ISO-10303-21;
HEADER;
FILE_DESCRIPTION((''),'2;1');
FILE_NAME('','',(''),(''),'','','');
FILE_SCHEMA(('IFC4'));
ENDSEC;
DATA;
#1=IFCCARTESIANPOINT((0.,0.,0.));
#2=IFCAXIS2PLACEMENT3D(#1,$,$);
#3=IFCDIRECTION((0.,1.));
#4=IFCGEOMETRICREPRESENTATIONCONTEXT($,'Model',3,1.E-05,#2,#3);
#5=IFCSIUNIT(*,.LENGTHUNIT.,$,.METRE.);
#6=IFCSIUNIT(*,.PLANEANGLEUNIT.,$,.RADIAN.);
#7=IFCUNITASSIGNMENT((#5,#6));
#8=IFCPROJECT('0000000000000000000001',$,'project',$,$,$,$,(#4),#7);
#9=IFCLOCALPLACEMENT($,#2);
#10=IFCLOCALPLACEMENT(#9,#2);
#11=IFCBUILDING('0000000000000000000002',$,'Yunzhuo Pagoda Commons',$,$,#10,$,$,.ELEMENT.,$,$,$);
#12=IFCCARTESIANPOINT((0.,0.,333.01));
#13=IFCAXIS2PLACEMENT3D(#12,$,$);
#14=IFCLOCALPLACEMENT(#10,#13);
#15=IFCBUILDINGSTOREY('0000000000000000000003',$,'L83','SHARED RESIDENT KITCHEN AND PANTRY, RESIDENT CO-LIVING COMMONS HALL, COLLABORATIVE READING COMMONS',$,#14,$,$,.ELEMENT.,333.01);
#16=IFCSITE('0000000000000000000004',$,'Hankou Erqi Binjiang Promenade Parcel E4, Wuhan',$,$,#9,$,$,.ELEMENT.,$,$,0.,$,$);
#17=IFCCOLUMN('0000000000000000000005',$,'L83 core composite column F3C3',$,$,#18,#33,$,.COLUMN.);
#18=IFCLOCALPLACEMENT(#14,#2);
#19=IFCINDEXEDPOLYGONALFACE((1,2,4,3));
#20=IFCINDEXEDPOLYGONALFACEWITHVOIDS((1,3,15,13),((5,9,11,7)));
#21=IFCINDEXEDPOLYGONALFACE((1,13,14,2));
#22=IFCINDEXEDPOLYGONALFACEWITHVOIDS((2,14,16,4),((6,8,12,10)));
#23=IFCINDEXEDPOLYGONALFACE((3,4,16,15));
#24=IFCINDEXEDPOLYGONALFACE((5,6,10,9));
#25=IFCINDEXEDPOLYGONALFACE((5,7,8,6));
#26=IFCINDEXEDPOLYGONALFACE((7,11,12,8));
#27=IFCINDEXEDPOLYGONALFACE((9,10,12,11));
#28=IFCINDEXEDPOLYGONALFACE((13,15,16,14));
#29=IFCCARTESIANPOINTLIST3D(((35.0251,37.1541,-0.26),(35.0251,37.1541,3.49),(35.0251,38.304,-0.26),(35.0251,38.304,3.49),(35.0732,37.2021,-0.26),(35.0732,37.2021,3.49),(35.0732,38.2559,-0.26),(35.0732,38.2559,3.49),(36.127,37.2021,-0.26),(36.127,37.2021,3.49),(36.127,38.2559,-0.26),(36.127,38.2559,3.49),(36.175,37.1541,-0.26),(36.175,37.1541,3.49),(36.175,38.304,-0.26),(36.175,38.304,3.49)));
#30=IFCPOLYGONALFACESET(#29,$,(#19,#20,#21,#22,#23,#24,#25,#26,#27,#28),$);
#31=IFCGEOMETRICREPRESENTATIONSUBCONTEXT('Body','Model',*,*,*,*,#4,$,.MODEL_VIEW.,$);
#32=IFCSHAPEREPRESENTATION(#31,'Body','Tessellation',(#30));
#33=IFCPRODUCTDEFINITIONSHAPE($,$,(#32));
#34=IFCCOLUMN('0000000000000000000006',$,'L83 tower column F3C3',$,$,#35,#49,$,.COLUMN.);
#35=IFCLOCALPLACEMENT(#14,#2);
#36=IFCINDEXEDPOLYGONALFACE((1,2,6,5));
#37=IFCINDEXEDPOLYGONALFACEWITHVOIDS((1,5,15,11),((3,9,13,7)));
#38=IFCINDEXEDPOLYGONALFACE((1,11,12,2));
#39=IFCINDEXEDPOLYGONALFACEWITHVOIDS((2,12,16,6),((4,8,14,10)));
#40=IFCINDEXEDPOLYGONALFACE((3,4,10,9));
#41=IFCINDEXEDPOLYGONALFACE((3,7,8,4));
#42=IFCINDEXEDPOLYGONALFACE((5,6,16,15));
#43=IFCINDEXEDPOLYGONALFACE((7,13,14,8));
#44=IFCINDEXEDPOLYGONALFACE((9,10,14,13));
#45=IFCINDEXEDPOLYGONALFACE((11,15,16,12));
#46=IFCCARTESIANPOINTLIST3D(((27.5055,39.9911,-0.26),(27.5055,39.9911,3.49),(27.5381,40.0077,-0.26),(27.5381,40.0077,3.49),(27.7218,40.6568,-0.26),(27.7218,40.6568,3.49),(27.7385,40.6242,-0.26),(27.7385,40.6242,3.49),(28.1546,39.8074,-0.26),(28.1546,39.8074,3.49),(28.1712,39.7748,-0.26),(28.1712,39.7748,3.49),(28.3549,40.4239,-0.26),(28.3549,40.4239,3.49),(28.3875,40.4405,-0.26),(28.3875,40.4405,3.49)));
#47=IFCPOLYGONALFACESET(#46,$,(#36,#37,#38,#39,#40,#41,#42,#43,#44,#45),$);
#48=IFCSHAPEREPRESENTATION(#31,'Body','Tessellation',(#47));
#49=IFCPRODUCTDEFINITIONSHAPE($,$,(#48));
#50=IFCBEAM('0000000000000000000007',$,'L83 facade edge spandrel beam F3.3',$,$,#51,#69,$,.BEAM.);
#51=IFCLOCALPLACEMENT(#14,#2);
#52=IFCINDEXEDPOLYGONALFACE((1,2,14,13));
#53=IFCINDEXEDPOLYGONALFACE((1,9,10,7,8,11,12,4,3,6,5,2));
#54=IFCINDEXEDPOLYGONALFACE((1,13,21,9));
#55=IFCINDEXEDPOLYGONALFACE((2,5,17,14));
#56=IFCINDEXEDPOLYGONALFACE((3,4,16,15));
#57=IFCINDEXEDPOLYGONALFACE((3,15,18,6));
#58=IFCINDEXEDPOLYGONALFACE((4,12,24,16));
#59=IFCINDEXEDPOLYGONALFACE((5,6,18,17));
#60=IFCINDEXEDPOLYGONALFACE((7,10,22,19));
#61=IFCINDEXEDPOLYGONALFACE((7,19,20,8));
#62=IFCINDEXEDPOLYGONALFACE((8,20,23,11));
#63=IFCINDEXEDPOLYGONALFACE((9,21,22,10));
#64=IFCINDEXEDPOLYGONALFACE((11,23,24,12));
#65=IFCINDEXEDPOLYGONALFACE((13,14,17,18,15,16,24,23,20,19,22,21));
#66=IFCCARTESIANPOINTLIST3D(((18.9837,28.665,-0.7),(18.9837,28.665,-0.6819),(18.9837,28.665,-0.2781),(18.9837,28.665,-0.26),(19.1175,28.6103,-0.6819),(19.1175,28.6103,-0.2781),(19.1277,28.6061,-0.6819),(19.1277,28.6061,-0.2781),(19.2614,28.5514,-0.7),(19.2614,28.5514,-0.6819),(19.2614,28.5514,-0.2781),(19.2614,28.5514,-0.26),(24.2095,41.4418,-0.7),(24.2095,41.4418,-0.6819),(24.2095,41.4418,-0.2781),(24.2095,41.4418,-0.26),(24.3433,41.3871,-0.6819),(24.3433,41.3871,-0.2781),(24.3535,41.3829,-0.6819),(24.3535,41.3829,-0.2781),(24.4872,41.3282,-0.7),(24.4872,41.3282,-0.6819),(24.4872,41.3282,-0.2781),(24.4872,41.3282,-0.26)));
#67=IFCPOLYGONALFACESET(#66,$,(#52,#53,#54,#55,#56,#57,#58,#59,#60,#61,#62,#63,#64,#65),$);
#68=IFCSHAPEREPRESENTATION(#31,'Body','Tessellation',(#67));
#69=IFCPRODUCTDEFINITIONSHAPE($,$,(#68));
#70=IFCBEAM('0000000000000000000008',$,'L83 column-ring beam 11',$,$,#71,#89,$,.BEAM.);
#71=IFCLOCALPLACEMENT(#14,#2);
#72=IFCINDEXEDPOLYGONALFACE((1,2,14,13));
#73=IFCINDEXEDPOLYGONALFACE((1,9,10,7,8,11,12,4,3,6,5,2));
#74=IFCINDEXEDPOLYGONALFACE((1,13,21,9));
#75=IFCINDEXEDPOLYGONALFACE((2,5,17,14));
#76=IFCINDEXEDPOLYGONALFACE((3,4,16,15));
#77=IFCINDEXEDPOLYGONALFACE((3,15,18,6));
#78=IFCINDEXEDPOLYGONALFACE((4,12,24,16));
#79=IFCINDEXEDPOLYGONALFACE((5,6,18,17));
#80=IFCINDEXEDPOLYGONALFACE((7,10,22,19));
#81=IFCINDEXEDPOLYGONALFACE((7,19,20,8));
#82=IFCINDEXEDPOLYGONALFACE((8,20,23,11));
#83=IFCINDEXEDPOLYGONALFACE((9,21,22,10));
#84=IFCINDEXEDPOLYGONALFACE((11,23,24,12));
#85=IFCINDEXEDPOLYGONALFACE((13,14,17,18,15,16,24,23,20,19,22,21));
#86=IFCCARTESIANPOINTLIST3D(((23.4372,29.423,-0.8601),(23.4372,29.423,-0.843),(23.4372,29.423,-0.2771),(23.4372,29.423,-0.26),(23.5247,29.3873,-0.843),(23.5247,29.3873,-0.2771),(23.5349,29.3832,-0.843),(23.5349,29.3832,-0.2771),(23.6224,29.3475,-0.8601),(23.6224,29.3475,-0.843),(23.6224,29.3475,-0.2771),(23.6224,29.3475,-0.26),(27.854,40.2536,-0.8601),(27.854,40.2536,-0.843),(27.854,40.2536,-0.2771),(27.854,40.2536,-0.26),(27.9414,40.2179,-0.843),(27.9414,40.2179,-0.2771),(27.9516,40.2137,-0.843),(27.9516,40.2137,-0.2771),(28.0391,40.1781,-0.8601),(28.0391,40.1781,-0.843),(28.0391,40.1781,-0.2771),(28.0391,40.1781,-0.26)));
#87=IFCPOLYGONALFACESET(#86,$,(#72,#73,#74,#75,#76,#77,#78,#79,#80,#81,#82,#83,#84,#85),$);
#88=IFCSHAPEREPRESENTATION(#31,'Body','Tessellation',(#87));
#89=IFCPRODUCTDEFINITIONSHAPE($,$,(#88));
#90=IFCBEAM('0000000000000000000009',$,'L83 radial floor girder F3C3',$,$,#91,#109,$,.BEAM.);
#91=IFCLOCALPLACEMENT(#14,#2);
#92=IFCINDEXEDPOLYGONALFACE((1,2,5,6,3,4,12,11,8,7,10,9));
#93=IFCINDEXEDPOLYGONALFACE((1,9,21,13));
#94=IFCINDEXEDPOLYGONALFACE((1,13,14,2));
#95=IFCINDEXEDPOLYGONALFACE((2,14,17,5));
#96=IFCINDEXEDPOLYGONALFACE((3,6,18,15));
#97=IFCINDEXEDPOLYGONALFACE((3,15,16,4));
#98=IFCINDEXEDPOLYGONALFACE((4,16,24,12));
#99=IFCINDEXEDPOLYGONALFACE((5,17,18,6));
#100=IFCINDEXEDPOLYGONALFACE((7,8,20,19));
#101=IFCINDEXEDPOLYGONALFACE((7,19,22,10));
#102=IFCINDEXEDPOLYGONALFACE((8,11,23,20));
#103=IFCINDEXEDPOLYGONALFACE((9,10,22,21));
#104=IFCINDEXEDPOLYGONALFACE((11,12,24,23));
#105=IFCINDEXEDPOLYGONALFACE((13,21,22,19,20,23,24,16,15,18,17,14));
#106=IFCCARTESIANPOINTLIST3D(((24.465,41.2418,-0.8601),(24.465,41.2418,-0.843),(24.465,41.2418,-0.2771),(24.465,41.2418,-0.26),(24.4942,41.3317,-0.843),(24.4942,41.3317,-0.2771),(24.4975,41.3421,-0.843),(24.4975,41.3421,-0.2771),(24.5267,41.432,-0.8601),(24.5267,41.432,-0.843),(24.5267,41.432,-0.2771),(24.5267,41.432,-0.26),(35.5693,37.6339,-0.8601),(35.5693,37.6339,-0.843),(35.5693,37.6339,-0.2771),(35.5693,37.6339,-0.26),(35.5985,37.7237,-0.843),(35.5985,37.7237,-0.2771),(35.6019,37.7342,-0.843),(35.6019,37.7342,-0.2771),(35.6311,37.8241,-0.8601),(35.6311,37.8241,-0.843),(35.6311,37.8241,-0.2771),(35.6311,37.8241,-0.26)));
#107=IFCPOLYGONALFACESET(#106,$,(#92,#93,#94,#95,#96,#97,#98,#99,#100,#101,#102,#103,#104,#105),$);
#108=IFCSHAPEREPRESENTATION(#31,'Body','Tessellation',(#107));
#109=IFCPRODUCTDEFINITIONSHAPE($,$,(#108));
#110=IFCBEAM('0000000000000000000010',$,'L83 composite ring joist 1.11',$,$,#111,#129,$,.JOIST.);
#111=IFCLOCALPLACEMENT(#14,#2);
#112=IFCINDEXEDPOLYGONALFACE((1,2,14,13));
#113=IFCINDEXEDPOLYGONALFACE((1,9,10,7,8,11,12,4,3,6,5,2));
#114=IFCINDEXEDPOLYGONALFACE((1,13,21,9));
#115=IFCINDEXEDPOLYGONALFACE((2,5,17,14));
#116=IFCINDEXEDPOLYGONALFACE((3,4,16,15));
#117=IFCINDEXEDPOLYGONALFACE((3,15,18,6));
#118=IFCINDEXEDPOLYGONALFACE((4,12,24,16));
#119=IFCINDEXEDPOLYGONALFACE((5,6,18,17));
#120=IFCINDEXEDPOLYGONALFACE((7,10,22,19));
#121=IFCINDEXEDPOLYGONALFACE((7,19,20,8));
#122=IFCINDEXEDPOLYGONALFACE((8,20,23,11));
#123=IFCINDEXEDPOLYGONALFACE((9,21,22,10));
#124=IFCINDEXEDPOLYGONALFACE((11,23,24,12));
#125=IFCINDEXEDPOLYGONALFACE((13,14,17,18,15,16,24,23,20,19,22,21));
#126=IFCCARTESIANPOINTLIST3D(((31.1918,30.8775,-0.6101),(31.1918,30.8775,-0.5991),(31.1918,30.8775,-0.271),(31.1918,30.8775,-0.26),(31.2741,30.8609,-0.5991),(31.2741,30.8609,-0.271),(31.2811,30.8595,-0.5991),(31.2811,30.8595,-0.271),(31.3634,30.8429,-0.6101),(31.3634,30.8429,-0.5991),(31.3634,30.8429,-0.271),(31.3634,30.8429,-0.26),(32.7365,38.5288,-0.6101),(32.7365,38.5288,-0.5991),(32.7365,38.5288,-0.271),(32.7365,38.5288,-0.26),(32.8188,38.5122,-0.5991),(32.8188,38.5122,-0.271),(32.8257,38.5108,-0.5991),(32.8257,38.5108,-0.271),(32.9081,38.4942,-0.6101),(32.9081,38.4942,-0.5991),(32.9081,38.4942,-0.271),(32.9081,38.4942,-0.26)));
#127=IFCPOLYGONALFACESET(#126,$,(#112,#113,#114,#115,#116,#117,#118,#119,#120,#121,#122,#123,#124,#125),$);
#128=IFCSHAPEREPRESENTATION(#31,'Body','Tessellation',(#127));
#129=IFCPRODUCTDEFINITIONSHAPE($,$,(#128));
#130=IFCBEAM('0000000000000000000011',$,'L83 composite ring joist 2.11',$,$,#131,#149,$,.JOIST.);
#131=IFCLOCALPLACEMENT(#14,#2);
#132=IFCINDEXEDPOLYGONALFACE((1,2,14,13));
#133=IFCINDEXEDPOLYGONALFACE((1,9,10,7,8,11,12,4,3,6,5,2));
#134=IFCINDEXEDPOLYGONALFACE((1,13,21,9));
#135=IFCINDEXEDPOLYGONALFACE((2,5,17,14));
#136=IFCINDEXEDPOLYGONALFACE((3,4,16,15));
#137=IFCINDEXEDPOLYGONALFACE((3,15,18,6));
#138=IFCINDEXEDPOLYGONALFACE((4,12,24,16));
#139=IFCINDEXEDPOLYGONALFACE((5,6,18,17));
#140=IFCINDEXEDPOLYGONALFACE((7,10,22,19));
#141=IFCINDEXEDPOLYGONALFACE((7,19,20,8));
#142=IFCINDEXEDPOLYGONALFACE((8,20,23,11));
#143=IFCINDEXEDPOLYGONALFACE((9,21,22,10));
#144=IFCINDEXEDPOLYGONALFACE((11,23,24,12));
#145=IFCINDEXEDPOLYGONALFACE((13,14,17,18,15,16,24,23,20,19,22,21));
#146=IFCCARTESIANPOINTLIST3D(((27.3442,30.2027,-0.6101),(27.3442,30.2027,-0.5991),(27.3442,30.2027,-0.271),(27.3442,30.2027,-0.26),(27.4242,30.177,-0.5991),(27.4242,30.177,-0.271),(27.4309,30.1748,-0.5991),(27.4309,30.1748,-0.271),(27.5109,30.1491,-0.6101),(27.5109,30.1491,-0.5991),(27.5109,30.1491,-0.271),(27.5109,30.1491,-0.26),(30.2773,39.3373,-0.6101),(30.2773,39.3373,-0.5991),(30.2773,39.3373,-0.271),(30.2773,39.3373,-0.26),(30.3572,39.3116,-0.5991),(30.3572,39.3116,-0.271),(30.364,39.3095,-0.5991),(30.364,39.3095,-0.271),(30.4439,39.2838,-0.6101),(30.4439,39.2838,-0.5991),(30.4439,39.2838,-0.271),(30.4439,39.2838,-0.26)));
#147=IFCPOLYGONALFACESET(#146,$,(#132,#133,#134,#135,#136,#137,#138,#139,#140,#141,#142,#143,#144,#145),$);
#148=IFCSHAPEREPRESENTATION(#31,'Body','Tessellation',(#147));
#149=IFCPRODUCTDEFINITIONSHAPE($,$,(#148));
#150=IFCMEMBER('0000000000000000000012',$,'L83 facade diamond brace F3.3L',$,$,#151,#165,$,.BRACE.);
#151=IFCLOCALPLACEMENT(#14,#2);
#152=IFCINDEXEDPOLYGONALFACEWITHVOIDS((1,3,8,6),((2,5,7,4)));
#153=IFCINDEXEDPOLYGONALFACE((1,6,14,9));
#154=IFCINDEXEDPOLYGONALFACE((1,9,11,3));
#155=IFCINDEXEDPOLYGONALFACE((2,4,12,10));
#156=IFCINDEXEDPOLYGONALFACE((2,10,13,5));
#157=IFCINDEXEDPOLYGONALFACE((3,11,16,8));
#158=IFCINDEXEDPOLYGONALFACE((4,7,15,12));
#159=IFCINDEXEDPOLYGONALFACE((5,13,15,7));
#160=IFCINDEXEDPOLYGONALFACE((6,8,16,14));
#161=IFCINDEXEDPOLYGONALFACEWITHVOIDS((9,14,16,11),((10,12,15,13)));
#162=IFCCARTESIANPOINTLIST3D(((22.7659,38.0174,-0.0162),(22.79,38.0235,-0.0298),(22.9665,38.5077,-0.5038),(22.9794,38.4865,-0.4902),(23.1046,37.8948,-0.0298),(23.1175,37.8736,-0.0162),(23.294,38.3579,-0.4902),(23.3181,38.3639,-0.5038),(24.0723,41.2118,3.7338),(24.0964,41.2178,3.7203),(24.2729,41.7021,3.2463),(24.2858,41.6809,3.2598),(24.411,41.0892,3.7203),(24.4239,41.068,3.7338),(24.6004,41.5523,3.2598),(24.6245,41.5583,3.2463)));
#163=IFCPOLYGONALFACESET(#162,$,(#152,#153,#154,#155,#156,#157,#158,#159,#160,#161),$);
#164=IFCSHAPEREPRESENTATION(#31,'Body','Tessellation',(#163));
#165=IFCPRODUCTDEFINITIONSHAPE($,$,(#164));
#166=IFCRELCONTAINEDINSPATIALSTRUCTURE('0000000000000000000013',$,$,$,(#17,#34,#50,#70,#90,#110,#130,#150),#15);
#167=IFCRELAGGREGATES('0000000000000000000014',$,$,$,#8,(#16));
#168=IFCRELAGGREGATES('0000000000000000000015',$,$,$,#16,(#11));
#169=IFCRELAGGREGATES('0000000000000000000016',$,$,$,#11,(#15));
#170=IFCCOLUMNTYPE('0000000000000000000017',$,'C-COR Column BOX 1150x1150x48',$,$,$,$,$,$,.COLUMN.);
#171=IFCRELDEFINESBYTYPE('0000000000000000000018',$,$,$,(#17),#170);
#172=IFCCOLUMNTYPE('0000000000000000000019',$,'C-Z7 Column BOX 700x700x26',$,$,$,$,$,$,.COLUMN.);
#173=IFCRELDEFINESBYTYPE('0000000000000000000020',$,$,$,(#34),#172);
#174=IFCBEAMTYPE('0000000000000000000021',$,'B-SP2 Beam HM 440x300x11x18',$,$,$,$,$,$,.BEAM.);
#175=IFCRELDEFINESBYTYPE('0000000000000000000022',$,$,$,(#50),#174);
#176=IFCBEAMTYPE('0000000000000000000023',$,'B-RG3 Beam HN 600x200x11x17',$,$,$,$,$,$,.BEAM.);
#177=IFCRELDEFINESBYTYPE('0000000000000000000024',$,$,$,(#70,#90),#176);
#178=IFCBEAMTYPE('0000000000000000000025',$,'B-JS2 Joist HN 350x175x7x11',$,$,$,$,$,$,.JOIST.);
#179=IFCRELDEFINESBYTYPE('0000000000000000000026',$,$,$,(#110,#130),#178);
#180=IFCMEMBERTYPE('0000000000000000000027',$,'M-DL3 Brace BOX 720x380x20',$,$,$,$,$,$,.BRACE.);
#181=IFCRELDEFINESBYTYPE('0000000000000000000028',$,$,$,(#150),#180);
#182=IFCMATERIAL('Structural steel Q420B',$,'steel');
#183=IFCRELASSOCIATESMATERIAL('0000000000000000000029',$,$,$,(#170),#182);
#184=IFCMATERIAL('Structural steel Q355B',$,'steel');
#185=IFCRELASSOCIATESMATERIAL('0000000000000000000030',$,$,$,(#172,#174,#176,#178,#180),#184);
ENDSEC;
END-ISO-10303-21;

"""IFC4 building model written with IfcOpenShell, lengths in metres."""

from ifc_helpers import new_model, si_unit, direction, frame, origin, origin_2d, place, context, subcontext, project, spatial, hollow_rectangle, i_section, extrude, source, transform, mapped, material, material_profile, profile_set, type_object, element, save


model = new_model("IFC4")

# Units and contexts
model_context = context("Model", 3, precision=1e-05, world=origin(), true_north=direction((0.0, 1.0)))
body_context = subcontext(model_context, "Body", "Model", "MODEL_VIEW")
ifc_project = project(units=[si_unit("LENGTHUNIT", "METRE"), si_unit("PLANEANGLEUNIT", "RADIAN")], contexts=[model_context])

# Site, building, storey
site_placement = place(None, origin())
site = spatial("IfcSite", under=ifc_project, at=site_placement, Name="Hankou Erqi Binjiang Promenade Parcel E4, Wuhan", CompositionType="ELEMENT", RefElevation=0.0)
building_placement = place(site_placement, origin())
building = spatial("IfcBuilding", under=site, at=building_placement, Name="Yunzhuo Pagoda Commons", CompositionType="ELEMENT")
storey_placement = place(building_placement, frame((0.0, 0.0, 333.01)))
storey = spatial("IfcBuildingStorey", under=building, at=storey_placement, Name="L83", Description="SHARED RESIDENT KITCHEN AND PANTRY, RESIDENT CO-LIVING COMMONS HALL, COLLABORATIVE READING COMMONS", CompositionType="ELEMENT", Elevation=333.01)

# Columns
ifc_material_1 = material(Name="Structural steel Q420B", Category="steel")
ifc_material_profile_1 = material_profile(ifc_material_1, hollow_rectangle(XDim=1.1499, YDim=1.1499, WallThickness=0.0481, at=origin_2d()), Name="Structural steel Q420B")
ifc_profile_set_1 = profile_set([ifc_material_profile_1], Name="Structural steel Q420B")
column_type_1 = type_object("IfcColumnType", Name="C-COR Column BOX 1150x1150x48", PredefinedType="COLUMN", material=ifc_profile_set_1)
shared_shape_1 = source(origin(), body_context, "Body", "SweptSolid", [
    extrude(hollow_rectangle(XDim=1.1499, YDim=1.1499, WallThickness=0.0481, at=origin_2d()), origin(), (0.0, 0.0, 1.0), 3.75),
])
column_1_placement = place(storey_placement, frame((35.6001, 37.729, -0.26), z_axis=(0.0, 0.0, 1.0), x_axis=(1.0, 0.0, 0.0)))
element("IfcColumn", 1, at=column_1_placement, inside=storey, type_object=column_type_1, Name="L83 core composite column F3C3", PredefinedType="COLUMN", context=body_context, shape_type="MappedRepresentation", body=[
    mapped(shared_shape_1, transform((0.0, 0.0, 0.0), scale=1.0)),
])
ifc_material_2 = material(Name="Structural steel Q355B", Category="steel")
ifc_material_profile_2 = material_profile(ifc_material_2, hollow_rectangle(XDim=0.7, YDim=0.7, WallThickness=0.0259, at=origin_2d()), Name="Structural steel Q355B")
ifc_profile_set_2 = profile_set([ifc_material_profile_2], Name="Structural steel Q355B")
column_type_2 = type_object("IfcColumnType", Name="C-Z7 Column BOX 700x700x26", PredefinedType="COLUMN", material=ifc_profile_set_2)
shared_shape_2 = source(origin(), body_context, "Body", "SweptSolid", [
    extrude(hollow_rectangle(XDim=0.7, YDim=0.7, WallThickness=0.0259, at=origin_2d()), origin(), (0.0, 0.0, 1.0), 3.75),
])
column_2_placement = place(storey_placement, frame((27.9465, 40.2158, -0.26), z_axis=(0.0, 0.0, 1.0), x_axis=(-0.309017, -0.951057, 0.0)))
element("IfcColumn", 2, at=column_2_placement, inside=storey, type_object=column_type_2, Name="L83 tower column F3C3", PredefinedType="COLUMN", context=body_context, shape_type="MappedRepresentation", body=[
    mapped(shared_shape_2, transform((0.0, 0.0, 0.0), scale=1.0)),
])

# Beams
ifc_material_profile_3 = material_profile(ifc_material_2, i_section(OverallWidth=0.3, OverallDepth=0.4399, WebThickness=0.011, FlangeThickness=0.0181, at=origin_2d()), Name="Structural steel Q355B")
ifc_profile_set_3 = profile_set([ifc_material_profile_3], Name="Structural steel Q355B")
beam_type_1 = type_object("IfcBeamType", Name="B-SP2 Beam HM 440x300x11x18", PredefinedType="BEAM", material=ifc_profile_set_3)
shared_shape_3 = source(origin(), body_context, "Body", "SweptSolid", [
    extrude(i_section(OverallWidth=0.3, OverallDepth=0.4399, WebThickness=0.011, FlangeThickness=0.0181, at=origin_2d()), origin(), (0.0, 0.0, 1.0), 13.8042),
])
beam_1_placement = place(storey_placement, frame((24.3484, 41.385, -0.48), z_axis=(-0.378567, -0.925574, 0.0), x_axis=(0.925574, -0.378567, 0.0)))
element("IfcBeam", 3, at=beam_1_placement, inside=storey, type_object=beam_type_1, Name="L83 facade edge spandrel beam F3.3", PredefinedType="BEAM", context=body_context, shape_type="MappedRepresentation", body=[
    mapped(shared_shape_3, transform((0.0, 0.0, 0.0), scale=1.0)),
])
ifc_material_profile_4 = material_profile(ifc_material_2, i_section(OverallWidth=0.2, OverallDepth=0.6001, WebThickness=0.011, FlangeThickness=0.0171, at=origin_2d()), Name="Structural steel Q355B")
ifc_profile_set_4 = profile_set([ifc_material_profile_4], Name="Structural steel Q355B")
beam_type_2 = type_object("IfcBeamType", Name="B-RG3 Beam HN 600x200x11x17", PredefinedType="BEAM", material=ifc_profile_set_4)
shared_shape_4 = source(origin(), body_context, "Body", "SweptSolid", [
    extrude(i_section(OverallWidth=0.2, OverallDepth=0.6001, WebThickness=0.011, FlangeThickness=0.0171, at=origin_2d()), origin(), (0.0, 0.0, 1.0), 11.6965),
])
beam_2_placement = place(storey_placement, frame((27.9465, 40.2158, -0.5601), z_axis=(-0.377612, -0.925964, 0.0), x_axis=(0.925964, -0.377612, 0.0)))
element("IfcBeam", 4, at=beam_2_placement, inside=storey, type_object=beam_type_2, Name="L83 column-ring beam 11", PredefinedType="BEAM", context=body_context, shape_type="MappedRepresentation", body=[
    mapped(shared_shape_4, transform((0.0, 0.0, 0.0), scale=1.0)),
])
shared_shape_5 = source(origin(), body_context, "Body", "SweptSolid", [
    extrude(i_section(OverallWidth=0.2, OverallDepth=0.6001, WebThickness=0.011, FlangeThickness=0.0171, at=origin_2d()), origin(), (0.0, 0.0, 1.0), 11.6758),
])
beam_3_placement = place(storey_placement, frame((24.4958, 41.3369, -0.5601), z_axis=(0.951058, -0.309011, 0.0), x_axis=(0.309011, 0.951058, 0.0)))
element("IfcBeam", 5, at=beam_3_placement, inside=storey, type_object=beam_type_2, Name="L83 radial floor girder F3C3", PredefinedType="BEAM", context=body_context, shape_type="MappedRepresentation", body=[
    mapped(shared_shape_5, transform((0.0, 0.0, 0.0), scale=1.0)),
])
ifc_material_profile_5 = material_profile(ifc_material_2, i_section(OverallWidth=0.175, OverallDepth=0.3501, WebThickness=0.0071, FlangeThickness=0.011, at=origin_2d()), Name="Structural steel Q355B")
ifc_profile_set_5 = profile_set([ifc_material_profile_5], Name="Structural steel Q355B")
beam_type_3 = type_object("IfcBeamType", Name="B-JS2 Joist HN 350x175x7x11", PredefinedType="JOIST", material=ifc_profile_set_5)
shared_shape_6 = source(origin(), body_context, "Body", "SweptSolid", [
    extrude(i_section(OverallWidth=0.175, OverallDepth=0.3501, WebThickness=0.0071, FlangeThickness=0.011, at=origin_2d()), origin(), (0.0, 0.0, 1.0), 7.8057),
])
beam_4_placement = place(storey_placement, frame((32.8223, 38.5115, -0.4351), z_axis=(-0.19789, -0.980224, 0.0), x_axis=(0.980224, -0.19789, 0.0)))
element("IfcBeam", 6, at=beam_4_placement, inside=storey, type_object=beam_type_3, Name="L83 composite ring joist 1.11", PredefinedType="JOIST", context=body_context, shape_type="MappedRepresentation", body=[
    mapped(shared_shape_6, transform((0.0, 0.0, 0.0), scale=1.0)),
])
shared_shape_7 = source(origin(), body_context, "Body", "SweptSolid", [
    extrude(i_section(OverallWidth=0.175, OverallDepth=0.3501, WebThickness=0.0071, FlangeThickness=0.011, at=origin_2d()), origin(), (0.0, 0.0, 1.0), 9.594),
])
beam_5_placement = place(storey_placement, frame((30.3606, 39.3105, -0.4351), z_axis=(-0.305719, -0.952122, 0.0), x_axis=(0.952122, -0.305719, 0.0)))
element("IfcBeam", 7, at=beam_5_placement, inside=storey, type_object=beam_type_3, Name="L83 composite ring joist 2.11", PredefinedType="JOIST", context=body_context, shape_type="MappedRepresentation", body=[
    mapped(shared_shape_7, transform((0.0, 0.0, 0.0), scale=1.0)),
])

# Member
ifc_material_profile_6 = material_profile(ifc_material_2, hollow_rectangle(XDim=0.3799, YDim=0.72, WallThickness=0.02, at=origin_2d()), Name="Structural steel Q355B")
ifc_profile_set_6 = profile_set([ifc_material_profile_6], Name="Structural steel Q355B")
member_type_1 = type_object("IfcMemberType", Name="M-DL3 Brace BOX 720x380x20", PredefinedType="BRACE", material=ifc_profile_set_6)
shared_shape_8 = source(origin(), body_context, "Body", "SweptSolid", [
    extrude(hollow_rectangle(XDim=0.3799, YDim=0.72, WallThickness=0.02, at=origin_2d()), origin(), (0.0, 0.0, 1.0), 5.0964),
])
member_1_placement = place(storey_placement, frame((23.042, 38.1907, -0.26), z_axis=(0.256339, 0.626787, 0.735818), x_axis=(-0.925585, 0.378539, 0.0)))
element("IfcMember", 8, at=member_1_placement, inside=storey, type_object=member_type_1, Name="L83 facade diamond brace F3.3L", PredefinedType="BRACE", context=body_context, shape_type="MappedRepresentation", body=[
    mapped(shared_shape_8, transform((0.0, 0.0, 0.0), scale=1.0)),
])

save(model, "model.ifc")
